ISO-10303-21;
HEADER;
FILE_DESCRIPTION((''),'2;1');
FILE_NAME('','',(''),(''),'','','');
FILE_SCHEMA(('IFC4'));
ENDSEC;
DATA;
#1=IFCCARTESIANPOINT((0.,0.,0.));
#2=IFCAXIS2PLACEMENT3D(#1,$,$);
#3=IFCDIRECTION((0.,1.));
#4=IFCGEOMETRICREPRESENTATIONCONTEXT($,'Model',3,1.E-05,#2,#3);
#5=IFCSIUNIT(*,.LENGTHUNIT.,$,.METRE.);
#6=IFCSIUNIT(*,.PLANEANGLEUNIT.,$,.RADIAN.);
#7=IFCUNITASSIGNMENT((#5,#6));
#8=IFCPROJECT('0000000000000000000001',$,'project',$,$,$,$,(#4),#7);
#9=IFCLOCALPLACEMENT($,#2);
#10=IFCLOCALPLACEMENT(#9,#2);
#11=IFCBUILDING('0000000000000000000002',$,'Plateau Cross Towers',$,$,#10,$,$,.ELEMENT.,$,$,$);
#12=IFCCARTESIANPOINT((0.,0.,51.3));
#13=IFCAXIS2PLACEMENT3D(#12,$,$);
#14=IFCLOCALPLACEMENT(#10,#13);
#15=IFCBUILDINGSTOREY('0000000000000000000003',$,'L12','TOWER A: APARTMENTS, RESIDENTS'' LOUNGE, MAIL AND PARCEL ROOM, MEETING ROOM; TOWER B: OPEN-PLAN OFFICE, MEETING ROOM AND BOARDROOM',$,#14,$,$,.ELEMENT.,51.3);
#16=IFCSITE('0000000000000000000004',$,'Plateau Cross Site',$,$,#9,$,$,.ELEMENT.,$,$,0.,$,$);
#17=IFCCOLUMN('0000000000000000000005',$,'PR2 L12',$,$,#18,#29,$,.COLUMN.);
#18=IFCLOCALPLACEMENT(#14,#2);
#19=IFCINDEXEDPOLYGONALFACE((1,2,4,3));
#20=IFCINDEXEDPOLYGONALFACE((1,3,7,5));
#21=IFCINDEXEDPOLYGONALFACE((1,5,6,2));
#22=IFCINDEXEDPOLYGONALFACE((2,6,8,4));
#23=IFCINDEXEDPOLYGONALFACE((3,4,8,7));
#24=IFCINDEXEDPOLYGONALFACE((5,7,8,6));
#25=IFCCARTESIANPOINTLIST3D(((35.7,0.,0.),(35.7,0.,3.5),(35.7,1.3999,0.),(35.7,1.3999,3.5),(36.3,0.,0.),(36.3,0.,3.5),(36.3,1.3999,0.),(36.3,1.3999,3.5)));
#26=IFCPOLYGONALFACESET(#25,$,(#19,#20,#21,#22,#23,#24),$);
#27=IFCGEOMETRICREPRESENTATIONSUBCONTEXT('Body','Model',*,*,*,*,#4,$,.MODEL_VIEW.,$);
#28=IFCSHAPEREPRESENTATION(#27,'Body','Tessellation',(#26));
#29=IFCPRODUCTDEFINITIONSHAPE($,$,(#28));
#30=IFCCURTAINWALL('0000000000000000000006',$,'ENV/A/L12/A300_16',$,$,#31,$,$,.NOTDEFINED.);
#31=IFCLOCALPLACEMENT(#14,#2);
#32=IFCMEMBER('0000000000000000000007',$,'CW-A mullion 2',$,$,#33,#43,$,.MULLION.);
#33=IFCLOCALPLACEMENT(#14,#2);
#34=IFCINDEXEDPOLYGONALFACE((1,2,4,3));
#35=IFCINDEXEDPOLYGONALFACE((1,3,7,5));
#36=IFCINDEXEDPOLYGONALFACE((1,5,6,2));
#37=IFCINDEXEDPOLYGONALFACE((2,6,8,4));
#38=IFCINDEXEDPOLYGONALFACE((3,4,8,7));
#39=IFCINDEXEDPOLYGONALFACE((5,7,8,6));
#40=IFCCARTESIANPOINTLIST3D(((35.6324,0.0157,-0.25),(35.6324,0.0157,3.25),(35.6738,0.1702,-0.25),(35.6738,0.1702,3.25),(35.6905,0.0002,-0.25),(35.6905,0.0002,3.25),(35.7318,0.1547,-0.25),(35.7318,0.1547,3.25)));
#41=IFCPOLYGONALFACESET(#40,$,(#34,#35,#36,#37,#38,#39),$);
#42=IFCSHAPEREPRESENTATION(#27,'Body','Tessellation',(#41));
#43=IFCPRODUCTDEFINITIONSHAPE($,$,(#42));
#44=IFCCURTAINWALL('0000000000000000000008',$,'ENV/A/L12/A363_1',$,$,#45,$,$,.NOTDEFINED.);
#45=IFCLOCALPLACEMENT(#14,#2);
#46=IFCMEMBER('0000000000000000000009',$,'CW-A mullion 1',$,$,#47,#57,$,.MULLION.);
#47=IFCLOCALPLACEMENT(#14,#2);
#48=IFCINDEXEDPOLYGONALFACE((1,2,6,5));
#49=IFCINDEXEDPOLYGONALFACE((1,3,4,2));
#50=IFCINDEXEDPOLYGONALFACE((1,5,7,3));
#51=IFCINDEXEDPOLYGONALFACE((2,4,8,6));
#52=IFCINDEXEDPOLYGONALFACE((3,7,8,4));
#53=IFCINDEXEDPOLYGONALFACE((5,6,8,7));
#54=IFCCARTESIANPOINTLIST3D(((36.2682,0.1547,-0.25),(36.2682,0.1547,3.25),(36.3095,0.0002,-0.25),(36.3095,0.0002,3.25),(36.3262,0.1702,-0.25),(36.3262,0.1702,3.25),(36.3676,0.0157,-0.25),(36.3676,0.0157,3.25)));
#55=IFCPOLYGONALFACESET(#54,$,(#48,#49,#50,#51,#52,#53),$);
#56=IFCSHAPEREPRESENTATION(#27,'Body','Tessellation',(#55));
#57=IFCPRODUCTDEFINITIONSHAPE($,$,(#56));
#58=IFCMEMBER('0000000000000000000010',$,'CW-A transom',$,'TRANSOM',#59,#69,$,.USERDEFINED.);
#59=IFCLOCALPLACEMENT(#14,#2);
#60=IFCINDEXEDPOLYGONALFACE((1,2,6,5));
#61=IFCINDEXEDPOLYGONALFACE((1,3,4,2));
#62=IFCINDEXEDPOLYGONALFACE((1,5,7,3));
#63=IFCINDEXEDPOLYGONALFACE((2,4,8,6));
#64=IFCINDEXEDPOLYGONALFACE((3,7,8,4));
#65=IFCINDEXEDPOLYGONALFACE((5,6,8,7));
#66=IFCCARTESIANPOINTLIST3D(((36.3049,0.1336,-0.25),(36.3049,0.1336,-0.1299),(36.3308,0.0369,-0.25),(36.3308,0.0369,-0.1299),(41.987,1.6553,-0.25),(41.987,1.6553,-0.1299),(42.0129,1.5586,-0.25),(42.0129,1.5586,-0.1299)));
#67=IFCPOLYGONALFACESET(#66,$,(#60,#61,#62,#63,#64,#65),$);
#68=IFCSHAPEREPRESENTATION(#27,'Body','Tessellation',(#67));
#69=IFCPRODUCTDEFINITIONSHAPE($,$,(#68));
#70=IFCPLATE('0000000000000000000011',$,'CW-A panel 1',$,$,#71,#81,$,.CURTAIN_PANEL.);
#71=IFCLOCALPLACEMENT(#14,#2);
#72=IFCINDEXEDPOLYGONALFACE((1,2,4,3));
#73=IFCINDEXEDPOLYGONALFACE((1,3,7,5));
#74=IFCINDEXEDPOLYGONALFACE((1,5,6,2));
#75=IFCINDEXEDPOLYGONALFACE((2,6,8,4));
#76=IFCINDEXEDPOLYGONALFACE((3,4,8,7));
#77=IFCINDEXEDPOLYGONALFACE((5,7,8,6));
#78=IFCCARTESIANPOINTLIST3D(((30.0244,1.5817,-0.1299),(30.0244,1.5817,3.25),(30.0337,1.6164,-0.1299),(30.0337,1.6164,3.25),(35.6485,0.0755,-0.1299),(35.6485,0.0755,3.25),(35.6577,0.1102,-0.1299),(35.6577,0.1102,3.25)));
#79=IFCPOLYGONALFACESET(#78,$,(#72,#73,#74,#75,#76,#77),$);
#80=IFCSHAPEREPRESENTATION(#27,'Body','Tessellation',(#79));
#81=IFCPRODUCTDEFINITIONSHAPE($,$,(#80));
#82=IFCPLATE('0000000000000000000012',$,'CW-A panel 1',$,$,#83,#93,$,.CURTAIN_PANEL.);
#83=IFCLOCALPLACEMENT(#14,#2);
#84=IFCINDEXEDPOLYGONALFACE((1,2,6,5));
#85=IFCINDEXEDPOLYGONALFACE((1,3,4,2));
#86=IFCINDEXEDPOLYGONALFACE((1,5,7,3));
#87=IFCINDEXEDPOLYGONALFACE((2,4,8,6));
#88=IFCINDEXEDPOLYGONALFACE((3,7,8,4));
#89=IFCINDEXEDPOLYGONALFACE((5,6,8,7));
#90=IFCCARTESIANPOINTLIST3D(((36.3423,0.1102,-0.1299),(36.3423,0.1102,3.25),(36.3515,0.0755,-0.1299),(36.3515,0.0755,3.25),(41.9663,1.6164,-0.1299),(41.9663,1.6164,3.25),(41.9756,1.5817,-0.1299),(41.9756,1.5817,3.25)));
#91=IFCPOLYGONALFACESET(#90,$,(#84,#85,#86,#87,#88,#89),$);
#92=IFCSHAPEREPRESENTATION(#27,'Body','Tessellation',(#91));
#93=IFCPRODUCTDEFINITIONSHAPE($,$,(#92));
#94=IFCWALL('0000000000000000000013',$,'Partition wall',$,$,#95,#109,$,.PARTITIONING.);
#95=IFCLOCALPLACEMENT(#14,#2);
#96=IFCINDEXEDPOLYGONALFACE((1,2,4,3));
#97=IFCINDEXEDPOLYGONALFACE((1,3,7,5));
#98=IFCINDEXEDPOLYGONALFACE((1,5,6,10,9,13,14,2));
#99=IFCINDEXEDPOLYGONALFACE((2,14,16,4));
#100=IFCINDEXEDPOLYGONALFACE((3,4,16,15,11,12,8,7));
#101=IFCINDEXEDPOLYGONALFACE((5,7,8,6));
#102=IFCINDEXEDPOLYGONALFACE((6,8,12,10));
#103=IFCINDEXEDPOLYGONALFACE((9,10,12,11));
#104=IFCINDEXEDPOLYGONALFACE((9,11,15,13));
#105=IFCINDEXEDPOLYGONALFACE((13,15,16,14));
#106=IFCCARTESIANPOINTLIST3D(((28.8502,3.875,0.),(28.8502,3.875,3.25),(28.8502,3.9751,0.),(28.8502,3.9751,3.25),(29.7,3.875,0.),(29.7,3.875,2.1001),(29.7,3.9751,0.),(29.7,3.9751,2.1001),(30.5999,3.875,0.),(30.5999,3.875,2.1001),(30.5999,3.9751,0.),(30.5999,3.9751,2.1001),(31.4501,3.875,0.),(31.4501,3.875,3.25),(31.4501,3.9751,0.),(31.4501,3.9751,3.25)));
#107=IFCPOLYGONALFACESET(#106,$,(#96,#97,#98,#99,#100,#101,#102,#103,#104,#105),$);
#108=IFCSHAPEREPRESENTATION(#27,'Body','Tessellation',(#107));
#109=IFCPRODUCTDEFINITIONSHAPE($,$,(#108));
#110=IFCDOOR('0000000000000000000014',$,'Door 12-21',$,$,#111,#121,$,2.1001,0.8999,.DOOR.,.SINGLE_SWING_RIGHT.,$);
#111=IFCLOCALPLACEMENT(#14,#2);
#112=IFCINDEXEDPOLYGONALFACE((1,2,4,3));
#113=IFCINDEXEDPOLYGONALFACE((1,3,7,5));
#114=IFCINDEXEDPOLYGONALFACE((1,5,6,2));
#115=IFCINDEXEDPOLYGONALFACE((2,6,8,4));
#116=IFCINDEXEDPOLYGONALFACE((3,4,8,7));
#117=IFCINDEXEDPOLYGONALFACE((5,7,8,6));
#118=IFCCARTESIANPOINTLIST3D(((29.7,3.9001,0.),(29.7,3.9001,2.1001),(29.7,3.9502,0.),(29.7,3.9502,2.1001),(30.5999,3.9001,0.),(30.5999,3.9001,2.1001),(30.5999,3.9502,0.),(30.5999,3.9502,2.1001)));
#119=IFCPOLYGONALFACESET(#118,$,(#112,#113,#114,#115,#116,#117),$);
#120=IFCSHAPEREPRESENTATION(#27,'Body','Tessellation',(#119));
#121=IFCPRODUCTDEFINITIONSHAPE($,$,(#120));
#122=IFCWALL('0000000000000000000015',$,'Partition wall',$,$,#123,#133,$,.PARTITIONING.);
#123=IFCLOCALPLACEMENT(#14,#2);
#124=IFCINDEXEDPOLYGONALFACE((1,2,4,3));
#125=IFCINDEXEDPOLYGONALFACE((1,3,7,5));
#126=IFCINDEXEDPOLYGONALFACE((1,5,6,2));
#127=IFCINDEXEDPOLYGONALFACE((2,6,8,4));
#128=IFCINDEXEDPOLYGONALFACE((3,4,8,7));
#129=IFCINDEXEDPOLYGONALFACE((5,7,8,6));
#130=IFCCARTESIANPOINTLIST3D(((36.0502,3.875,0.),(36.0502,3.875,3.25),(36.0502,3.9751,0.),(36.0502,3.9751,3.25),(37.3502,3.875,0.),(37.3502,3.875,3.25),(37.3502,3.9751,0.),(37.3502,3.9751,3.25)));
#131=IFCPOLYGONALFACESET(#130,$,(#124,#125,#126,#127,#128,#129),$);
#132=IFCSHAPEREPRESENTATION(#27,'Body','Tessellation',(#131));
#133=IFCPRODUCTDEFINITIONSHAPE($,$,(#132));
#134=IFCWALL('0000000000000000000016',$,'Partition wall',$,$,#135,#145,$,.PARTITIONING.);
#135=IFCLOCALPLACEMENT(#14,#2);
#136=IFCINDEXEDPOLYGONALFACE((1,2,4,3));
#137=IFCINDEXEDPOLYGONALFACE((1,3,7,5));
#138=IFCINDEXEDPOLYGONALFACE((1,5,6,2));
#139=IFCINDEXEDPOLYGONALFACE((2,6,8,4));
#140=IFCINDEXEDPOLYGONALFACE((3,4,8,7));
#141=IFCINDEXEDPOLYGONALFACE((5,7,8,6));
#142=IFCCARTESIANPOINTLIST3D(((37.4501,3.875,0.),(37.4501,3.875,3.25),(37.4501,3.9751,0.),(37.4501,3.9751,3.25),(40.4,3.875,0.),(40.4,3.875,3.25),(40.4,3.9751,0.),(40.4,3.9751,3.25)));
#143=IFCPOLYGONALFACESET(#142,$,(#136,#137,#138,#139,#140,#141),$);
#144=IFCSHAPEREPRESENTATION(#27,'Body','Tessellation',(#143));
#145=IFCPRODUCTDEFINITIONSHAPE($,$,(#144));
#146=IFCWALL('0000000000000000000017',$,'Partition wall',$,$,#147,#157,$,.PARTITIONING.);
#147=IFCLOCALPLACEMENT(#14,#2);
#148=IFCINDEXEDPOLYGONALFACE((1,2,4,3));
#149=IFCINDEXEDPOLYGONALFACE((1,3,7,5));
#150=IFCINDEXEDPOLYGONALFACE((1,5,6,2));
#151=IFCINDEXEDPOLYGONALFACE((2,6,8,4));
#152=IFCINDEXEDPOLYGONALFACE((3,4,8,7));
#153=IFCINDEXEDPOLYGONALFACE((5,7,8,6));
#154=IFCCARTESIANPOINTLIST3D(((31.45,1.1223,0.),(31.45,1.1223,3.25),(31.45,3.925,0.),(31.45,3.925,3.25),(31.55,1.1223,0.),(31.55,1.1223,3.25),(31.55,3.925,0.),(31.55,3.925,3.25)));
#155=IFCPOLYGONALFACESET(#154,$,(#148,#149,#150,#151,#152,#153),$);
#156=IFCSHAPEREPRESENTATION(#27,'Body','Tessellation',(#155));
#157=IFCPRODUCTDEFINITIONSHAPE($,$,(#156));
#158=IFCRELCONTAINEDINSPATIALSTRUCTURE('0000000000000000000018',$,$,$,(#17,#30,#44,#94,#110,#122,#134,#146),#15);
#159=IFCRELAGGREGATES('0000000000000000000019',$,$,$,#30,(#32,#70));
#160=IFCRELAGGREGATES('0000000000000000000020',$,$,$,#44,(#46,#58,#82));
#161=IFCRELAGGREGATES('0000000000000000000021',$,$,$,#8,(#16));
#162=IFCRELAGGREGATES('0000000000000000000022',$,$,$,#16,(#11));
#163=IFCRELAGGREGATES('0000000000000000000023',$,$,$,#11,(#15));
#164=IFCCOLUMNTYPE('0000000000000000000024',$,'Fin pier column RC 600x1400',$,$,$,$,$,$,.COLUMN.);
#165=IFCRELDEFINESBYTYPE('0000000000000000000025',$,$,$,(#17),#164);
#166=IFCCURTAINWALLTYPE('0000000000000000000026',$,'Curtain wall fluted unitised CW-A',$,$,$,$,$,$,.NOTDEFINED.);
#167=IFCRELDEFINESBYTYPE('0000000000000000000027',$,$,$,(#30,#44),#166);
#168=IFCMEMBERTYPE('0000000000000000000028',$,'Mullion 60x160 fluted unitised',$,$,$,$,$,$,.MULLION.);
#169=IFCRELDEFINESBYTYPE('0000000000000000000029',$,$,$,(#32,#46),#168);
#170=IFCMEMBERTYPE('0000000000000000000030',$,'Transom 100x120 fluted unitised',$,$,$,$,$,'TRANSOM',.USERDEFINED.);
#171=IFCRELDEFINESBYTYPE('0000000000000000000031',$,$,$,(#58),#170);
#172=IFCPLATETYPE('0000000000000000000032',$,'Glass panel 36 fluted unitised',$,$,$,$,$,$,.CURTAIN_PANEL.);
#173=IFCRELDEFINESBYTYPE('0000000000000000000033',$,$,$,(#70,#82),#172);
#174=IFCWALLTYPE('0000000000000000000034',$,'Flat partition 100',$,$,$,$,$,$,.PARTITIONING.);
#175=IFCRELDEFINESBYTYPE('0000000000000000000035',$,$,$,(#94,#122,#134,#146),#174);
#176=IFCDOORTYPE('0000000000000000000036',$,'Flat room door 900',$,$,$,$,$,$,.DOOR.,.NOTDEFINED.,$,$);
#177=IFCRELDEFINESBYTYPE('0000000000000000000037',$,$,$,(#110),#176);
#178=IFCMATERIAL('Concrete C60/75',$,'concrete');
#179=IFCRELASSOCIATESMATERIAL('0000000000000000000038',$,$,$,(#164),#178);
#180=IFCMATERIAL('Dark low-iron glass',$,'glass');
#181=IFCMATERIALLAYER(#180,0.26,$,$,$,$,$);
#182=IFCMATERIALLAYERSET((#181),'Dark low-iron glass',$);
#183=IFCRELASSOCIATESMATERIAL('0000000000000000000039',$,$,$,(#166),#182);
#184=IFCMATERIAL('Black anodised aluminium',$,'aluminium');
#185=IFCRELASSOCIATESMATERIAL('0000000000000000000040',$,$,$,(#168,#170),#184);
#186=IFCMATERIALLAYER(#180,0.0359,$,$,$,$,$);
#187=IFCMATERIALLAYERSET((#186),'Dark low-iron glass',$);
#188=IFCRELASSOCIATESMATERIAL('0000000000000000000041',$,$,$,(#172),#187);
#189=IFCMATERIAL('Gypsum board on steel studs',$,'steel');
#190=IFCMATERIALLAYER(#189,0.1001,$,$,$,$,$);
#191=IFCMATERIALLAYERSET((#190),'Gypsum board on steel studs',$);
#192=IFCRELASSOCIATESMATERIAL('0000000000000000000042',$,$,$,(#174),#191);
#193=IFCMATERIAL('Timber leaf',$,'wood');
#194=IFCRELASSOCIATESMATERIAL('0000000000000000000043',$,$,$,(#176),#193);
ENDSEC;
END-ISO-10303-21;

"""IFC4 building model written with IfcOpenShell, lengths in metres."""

from ifc_helpers import new_model, si_unit, direction, frame, frame_2d, origin, origin_2d, place, context, subcontext, project, spatial, rectangle, extrude, material, layer, layer_set, material_profile, profile_set, type_object, element, fill, aggregate, save


model = new_model("IFC4")

# Units and contexts
model_context = context("Model", 3, precision=1e-05, world=origin(), true_north=direction((0.0, 1.0)))
body_context = subcontext(model_context, "Body", "Model", "MODEL_VIEW")
ifc_project = project(units=[si_unit("LENGTHUNIT", "METRE"), si_unit("PLANEANGLEUNIT", "RADIAN")], contexts=[model_context])

# Site, building, storey
site_placement = place(None, origin())
site = spatial("IfcSite", under=ifc_project, at=site_placement, Name="Plateau Cross Site", CompositionType="ELEMENT", RefElevation=0.0)
building_placement = place(site_placement, origin())
building = spatial("IfcBuilding", under=site, at=building_placement, Name="Plateau Cross Towers", CompositionType="ELEMENT")
storey_placement = place(building_placement, frame((0.0, 0.0, 51.3)))
storey = spatial("IfcBuildingStorey", under=building, at=storey_placement, Name="L12", Description="TOWER A: APARTMENTS, RESIDENTS' LOUNGE, MAIL AND PARCEL ROOM, MEETING ROOM; TOWER B: OPEN-PLAN OFFICE, MEETING ROOM AND BOARDROOM", CompositionType="ELEMENT", Elevation=51.3)

# Column
ifc_material_1 = material(Name="Concrete C60/75", Category="concrete")
ifc_material_profile_1 = material_profile(ifc_material_1, rectangle(XDim=0.6001, YDim=1.3999, at=origin_2d()), Name="RC 600x1400")
ifc_profile_set_1 = profile_set([ifc_material_profile_1], Name="Concrete C60/75")
column_type = type_object("IfcColumnType", Name="Fin pier column RC 600x1400", PredefinedType="COLUMN", material=ifc_profile_set_1)
column_placement = place(storey_placement, frame((36.0, 0.7, 0.0), z_axis=(0.0, 0.0, 1.0), x_axis=(1.0, 0.0, 0.0)))
element("IfcColumn", 1, at=column_placement, inside=storey, type_object=column_type, Name="PR2 L12", PredefinedType="COLUMN", context=body_context, shape_type="SweptSolid", body=[
    extrude(rectangle(XDim=0.6001, YDim=1.3999, at=origin_2d()), origin(), (0.0, 0.0, 1.0), 3.5),
])

# Curtain wall, member
ifc_material_2 = material(Name="Dark low-iron glass", Category="glass")
ifc_layer_1 = layer(ifc_material_2, 0.26)
ifc_layer_set_1 = layer_set([ifc_layer_1], Name="Dark low-iron glass")
curtain_wall_type = type_object("IfcCurtainWallType", Name="Curtain wall fluted unitised CW-A", PredefinedType="NOTDEFINED", material=ifc_layer_set_1)
curtain_wall_1_placement = place(storey_placement, origin())
curtain_wall_1 = element("IfcCurtainWall", 2, at=curtain_wall_1_placement, inside=storey, type_object=curtain_wall_type, Name="ENV/A/L12/A300_16", PredefinedType="NOTDEFINED")
ifc_material_3 = material(Name="Black anodised aluminium", Category="aluminium")
ifc_material_profile_2 = material_profile(ifc_material_3, rectangle(XDim=0.0601, YDim=0.1599, at=origin_2d()), Name="MULLION 60x160")
ifc_profile_set_2 = profile_set([ifc_material_profile_2], Name="Black anodised aluminium")
member_type_1 = type_object("IfcMemberType", Name="Mullion 60x160 fluted unitised", PredefinedType="MULLION", material=ifc_profile_set_2)
member_1_placement = place(storey_placement, frame((35.6821, 0.0852, -0.25), z_axis=(0.0, 0.0, 1.0), x_axis=(0.965958, -0.258699, 0.0)))
member_1 = element("IfcMember", 3, at=member_1_placement, type_object=member_type_1, Name="CW-A mullion 2", PredefinedType="MULLION", context=body_context, shape_type="SweptSolid", body=[
    extrude(rectangle(XDim=0.0601, YDim=0.1599, at=origin_2d()), origin(), (0.0, 0.0, 1.0), 3.5),
])

# Curtain wall, members
curtain_wall_2_placement = place(storey_placement, origin())
curtain_wall_2 = element("IfcCurtainWall", 4, at=curtain_wall_2_placement, inside=storey, type_object=curtain_wall_type, Name="ENV/A/L12/A363_1", PredefinedType="NOTDEFINED")
member_2_placement = place(storey_placement, frame((36.3179, 0.0852, -0.25), z_axis=(0.0, 0.0, 1.0), x_axis=(0.965958, 0.258699, 0.0)))
member_2 = element("IfcMember", 5, at=member_2_placement, type_object=member_type_1, Name="CW-A mullion 1", PredefinedType="MULLION", context=body_context, shape_type="SweptSolid", body=[
    extrude(rectangle(XDim=0.0601, YDim=0.1599, at=origin_2d()), origin(), (0.0, 0.0, 1.0), 3.5),
])
ifc_material_profile_3 = material_profile(ifc_material_3, rectangle(XDim=0.1001, YDim=0.1201, at=origin_2d()), Name="TRANSOM 100x120")
ifc_profile_set_3 = profile_set([ifc_material_profile_3], Name="Black anodised aluminium")
member_type_2 = type_object("IfcMemberType", Name="Transom 100x120 fluted unitised", ElementType="TRANSOM", PredefinedType="USERDEFINED", material=ifc_profile_set_3)
member_3_placement = place(storey_placement, frame((36.3179, 0.0852, -0.1899), z_axis=(0.96596, 0.258693, 0.0), x_axis=(-0.258693, 0.96596, 0.0)))
member_3 = element("IfcMember", 6, at=member_3_placement, type_object=member_type_2, Name="CW-A transom", ObjectType="TRANSOM", PredefinedType="USERDEFINED", context=body_context, shape_type="SweptSolid", body=[
    extrude(rectangle(XDim=0.1001, YDim=0.1201, at=origin_2d()), origin(), (0.0, 0.0, 1.0), 5.8823),
])

# Plates
ifc_layer_2 = layer(ifc_material_2, 0.0359)
ifc_layer_set_2 = layer_set([ifc_layer_2], Name="Dark low-iron glass")
plate_type = type_object("IfcPlateType", Name="Glass panel 36 fluted unitised", PredefinedType="CURTAIN_PANEL", material=ifc_layer_set_2)
plate_1_placement = place(storey_placement, frame((32.8411, 0.8459, -0.1299), z_axis=(0.0, 0.0, 1.0), x_axis=(0.965958, -0.258699, 0.0)))
plate_1 = element("IfcPlate", 7, at=plate_1_placement, type_object=plate_type, Name="CW-A panel 1", PredefinedType="CURTAIN_PANEL", context=body_context, shape_type="SweptSolid", body=[
    extrude(rectangle(XDim=5.8223, YDim=0.0359, at=origin_2d()), origin(), (0.0, 0.0, 1.0), 3.3799),
])
aggregate(curtain_wall_1, [member_1, plate_1])
plate_2_placement = place(storey_placement, frame((39.1589, 0.8459, -0.1299), z_axis=(0.0, 0.0, 1.0), x_axis=(0.965958, 0.258699, 0.0)))
plate_2 = element("IfcPlate", 8, at=plate_2_placement, type_object=plate_type, Name="CW-A panel 1", PredefinedType="CURTAIN_PANEL", context=body_context, shape_type="SweptSolid", body=[
    extrude(rectangle(XDim=5.8223, YDim=0.0359, at=origin_2d()), origin(), (0.0, 0.0, 1.0), 3.3799),
])
aggregate(curtain_wall_2, [member_2, member_3, plate_2])

# Wall, opening, door
ifc_material_4 = material(Name="Gypsum board on steel studs", Category="steel")
ifc_layer_3 = layer(ifc_material_4, 0.1001)
ifc_layer_set_3 = layer_set([ifc_layer_3], Name="Gypsum board on steel studs")
wall_type_1 = type_object("IfcWallType", Name="Flat partition 100", PredefinedType="PARTITIONING", material=ifc_layer_set_3)
wall_1_placement = place(storey_placement, frame((31.45, 3.925, 0.0), z_axis=(0.0, 0.0, 1.0), x_axis=(-1.0, 0.0, 0.0)))
wall_1 = element("IfcWall", 9, at=wall_1_placement, inside=storey, type_object=wall_type_1, Name="Partition wall", PredefinedType="PARTITIONING", context=body_context, shape_type="SweptSolid", body=[
    extrude(rectangle(XDim=2.5999, YDim=0.1001, at=frame_2d((1.2998, 0.0))), origin(), (0.0, 0.0, 1.0), 3.25),
])
opening_1_placement = place(wall_1_placement, frame((0.8501, 0.0, 0.0)))
opening_1 = element("IfcOpeningElement", 10, at=opening_1_placement, cuts=wall_1, PredefinedType="OPENING", context=body_context, shape_type="SweptSolid", body=[
    extrude(rectangle(XDim=0.8999, YDim=2.1001, at=frame_2d((0.45, 1.05))), frame((0.0, 0.0601, 0.0), z_axis=(0.0, -1.0, 0.0), x_axis=(1.0, 0.0, 0.0)), (0.0, 0.0, 1.0), 0.1201),
])
ifc_material_5 = material(Name="Timber leaf", Category="wood")
door_type = type_object("IfcDoorType", Name="Flat room door 900", OperationType="NOTDEFINED", PredefinedType="DOOR", material=ifc_material_5)
door_1_placement = place(opening_1_placement, origin())
door_1 = element("IfcDoor", 11, at=door_1_placement, inside=storey, type_object=door_type, Name="Door 12-21", OperationType="SINGLE_SWING_RIGHT", OverallHeight=2.1001, OverallWidth=0.8999, PredefinedType="DOOR", context=body_context, shape_type="SweptSolid", body=[
    extrude(rectangle(XDim=0.8999, YDim=2.1001, at=frame_2d((0.45, 1.05))), frame((0.0, 0.0249, 0.0), z_axis=(0.0, -1.0, 0.0), x_axis=(1.0, 0.0, 0.0)), (0.0, 0.0, 1.0), 0.05),
])
fill(opening_1, door_1)

# Walls
wall_2_placement = place(storey_placement, frame((37.3501, 3.925, 0.0), z_axis=(0.0, 0.0, 1.0), x_axis=(-1.0, 0.0, 0.0)))
element("IfcWall", 12, at=wall_2_placement, inside=storey, type_object=wall_type_1, Name="Partition wall", PredefinedType="PARTITIONING", context=body_context, shape_type="SweptSolid", body=[
    extrude(rectangle(XDim=1.3, YDim=0.1001, at=frame_2d((0.6499, 0.0))), origin(), (0.0, 0.0, 1.0), 3.25),
])
wall_3_placement = place(storey_placement, frame((37.45, 3.925, 0.0), z_axis=(0.0, 0.0, 1.0), x_axis=(1.0, 0.0, 0.0)))
element("IfcWall", 13, at=wall_3_placement, inside=storey, type_object=wall_type_1, Name="Partition wall", PredefinedType="PARTITIONING", context=body_context, shape_type="SweptSolid", body=[
    extrude(rectangle(XDim=2.95, YDim=0.1001, at=frame_2d((1.4751, 0.0))), origin(), (0.0, 0.0, 1.0), 3.25),
])
wall_4_placement = place(storey_placement, frame((31.5, 1.1223, 0.0), z_axis=(0.0, 0.0, 1.0), x_axis=(0.0, 1.0, 0.0)))
element("IfcWall", 14, at=wall_4_placement, inside=storey, type_object=wall_type_1, Name="Partition wall", PredefinedType="PARTITIONING", context=body_context, shape_type="SweptSolid", body=[
    extrude(rectangle(XDim=2.8027, YDim=0.1001, at=frame_2d((1.4014, 0.0))), origin(), (0.0, 0.0, 1.0), 3.25),
])

save(model, "model.ifc")
